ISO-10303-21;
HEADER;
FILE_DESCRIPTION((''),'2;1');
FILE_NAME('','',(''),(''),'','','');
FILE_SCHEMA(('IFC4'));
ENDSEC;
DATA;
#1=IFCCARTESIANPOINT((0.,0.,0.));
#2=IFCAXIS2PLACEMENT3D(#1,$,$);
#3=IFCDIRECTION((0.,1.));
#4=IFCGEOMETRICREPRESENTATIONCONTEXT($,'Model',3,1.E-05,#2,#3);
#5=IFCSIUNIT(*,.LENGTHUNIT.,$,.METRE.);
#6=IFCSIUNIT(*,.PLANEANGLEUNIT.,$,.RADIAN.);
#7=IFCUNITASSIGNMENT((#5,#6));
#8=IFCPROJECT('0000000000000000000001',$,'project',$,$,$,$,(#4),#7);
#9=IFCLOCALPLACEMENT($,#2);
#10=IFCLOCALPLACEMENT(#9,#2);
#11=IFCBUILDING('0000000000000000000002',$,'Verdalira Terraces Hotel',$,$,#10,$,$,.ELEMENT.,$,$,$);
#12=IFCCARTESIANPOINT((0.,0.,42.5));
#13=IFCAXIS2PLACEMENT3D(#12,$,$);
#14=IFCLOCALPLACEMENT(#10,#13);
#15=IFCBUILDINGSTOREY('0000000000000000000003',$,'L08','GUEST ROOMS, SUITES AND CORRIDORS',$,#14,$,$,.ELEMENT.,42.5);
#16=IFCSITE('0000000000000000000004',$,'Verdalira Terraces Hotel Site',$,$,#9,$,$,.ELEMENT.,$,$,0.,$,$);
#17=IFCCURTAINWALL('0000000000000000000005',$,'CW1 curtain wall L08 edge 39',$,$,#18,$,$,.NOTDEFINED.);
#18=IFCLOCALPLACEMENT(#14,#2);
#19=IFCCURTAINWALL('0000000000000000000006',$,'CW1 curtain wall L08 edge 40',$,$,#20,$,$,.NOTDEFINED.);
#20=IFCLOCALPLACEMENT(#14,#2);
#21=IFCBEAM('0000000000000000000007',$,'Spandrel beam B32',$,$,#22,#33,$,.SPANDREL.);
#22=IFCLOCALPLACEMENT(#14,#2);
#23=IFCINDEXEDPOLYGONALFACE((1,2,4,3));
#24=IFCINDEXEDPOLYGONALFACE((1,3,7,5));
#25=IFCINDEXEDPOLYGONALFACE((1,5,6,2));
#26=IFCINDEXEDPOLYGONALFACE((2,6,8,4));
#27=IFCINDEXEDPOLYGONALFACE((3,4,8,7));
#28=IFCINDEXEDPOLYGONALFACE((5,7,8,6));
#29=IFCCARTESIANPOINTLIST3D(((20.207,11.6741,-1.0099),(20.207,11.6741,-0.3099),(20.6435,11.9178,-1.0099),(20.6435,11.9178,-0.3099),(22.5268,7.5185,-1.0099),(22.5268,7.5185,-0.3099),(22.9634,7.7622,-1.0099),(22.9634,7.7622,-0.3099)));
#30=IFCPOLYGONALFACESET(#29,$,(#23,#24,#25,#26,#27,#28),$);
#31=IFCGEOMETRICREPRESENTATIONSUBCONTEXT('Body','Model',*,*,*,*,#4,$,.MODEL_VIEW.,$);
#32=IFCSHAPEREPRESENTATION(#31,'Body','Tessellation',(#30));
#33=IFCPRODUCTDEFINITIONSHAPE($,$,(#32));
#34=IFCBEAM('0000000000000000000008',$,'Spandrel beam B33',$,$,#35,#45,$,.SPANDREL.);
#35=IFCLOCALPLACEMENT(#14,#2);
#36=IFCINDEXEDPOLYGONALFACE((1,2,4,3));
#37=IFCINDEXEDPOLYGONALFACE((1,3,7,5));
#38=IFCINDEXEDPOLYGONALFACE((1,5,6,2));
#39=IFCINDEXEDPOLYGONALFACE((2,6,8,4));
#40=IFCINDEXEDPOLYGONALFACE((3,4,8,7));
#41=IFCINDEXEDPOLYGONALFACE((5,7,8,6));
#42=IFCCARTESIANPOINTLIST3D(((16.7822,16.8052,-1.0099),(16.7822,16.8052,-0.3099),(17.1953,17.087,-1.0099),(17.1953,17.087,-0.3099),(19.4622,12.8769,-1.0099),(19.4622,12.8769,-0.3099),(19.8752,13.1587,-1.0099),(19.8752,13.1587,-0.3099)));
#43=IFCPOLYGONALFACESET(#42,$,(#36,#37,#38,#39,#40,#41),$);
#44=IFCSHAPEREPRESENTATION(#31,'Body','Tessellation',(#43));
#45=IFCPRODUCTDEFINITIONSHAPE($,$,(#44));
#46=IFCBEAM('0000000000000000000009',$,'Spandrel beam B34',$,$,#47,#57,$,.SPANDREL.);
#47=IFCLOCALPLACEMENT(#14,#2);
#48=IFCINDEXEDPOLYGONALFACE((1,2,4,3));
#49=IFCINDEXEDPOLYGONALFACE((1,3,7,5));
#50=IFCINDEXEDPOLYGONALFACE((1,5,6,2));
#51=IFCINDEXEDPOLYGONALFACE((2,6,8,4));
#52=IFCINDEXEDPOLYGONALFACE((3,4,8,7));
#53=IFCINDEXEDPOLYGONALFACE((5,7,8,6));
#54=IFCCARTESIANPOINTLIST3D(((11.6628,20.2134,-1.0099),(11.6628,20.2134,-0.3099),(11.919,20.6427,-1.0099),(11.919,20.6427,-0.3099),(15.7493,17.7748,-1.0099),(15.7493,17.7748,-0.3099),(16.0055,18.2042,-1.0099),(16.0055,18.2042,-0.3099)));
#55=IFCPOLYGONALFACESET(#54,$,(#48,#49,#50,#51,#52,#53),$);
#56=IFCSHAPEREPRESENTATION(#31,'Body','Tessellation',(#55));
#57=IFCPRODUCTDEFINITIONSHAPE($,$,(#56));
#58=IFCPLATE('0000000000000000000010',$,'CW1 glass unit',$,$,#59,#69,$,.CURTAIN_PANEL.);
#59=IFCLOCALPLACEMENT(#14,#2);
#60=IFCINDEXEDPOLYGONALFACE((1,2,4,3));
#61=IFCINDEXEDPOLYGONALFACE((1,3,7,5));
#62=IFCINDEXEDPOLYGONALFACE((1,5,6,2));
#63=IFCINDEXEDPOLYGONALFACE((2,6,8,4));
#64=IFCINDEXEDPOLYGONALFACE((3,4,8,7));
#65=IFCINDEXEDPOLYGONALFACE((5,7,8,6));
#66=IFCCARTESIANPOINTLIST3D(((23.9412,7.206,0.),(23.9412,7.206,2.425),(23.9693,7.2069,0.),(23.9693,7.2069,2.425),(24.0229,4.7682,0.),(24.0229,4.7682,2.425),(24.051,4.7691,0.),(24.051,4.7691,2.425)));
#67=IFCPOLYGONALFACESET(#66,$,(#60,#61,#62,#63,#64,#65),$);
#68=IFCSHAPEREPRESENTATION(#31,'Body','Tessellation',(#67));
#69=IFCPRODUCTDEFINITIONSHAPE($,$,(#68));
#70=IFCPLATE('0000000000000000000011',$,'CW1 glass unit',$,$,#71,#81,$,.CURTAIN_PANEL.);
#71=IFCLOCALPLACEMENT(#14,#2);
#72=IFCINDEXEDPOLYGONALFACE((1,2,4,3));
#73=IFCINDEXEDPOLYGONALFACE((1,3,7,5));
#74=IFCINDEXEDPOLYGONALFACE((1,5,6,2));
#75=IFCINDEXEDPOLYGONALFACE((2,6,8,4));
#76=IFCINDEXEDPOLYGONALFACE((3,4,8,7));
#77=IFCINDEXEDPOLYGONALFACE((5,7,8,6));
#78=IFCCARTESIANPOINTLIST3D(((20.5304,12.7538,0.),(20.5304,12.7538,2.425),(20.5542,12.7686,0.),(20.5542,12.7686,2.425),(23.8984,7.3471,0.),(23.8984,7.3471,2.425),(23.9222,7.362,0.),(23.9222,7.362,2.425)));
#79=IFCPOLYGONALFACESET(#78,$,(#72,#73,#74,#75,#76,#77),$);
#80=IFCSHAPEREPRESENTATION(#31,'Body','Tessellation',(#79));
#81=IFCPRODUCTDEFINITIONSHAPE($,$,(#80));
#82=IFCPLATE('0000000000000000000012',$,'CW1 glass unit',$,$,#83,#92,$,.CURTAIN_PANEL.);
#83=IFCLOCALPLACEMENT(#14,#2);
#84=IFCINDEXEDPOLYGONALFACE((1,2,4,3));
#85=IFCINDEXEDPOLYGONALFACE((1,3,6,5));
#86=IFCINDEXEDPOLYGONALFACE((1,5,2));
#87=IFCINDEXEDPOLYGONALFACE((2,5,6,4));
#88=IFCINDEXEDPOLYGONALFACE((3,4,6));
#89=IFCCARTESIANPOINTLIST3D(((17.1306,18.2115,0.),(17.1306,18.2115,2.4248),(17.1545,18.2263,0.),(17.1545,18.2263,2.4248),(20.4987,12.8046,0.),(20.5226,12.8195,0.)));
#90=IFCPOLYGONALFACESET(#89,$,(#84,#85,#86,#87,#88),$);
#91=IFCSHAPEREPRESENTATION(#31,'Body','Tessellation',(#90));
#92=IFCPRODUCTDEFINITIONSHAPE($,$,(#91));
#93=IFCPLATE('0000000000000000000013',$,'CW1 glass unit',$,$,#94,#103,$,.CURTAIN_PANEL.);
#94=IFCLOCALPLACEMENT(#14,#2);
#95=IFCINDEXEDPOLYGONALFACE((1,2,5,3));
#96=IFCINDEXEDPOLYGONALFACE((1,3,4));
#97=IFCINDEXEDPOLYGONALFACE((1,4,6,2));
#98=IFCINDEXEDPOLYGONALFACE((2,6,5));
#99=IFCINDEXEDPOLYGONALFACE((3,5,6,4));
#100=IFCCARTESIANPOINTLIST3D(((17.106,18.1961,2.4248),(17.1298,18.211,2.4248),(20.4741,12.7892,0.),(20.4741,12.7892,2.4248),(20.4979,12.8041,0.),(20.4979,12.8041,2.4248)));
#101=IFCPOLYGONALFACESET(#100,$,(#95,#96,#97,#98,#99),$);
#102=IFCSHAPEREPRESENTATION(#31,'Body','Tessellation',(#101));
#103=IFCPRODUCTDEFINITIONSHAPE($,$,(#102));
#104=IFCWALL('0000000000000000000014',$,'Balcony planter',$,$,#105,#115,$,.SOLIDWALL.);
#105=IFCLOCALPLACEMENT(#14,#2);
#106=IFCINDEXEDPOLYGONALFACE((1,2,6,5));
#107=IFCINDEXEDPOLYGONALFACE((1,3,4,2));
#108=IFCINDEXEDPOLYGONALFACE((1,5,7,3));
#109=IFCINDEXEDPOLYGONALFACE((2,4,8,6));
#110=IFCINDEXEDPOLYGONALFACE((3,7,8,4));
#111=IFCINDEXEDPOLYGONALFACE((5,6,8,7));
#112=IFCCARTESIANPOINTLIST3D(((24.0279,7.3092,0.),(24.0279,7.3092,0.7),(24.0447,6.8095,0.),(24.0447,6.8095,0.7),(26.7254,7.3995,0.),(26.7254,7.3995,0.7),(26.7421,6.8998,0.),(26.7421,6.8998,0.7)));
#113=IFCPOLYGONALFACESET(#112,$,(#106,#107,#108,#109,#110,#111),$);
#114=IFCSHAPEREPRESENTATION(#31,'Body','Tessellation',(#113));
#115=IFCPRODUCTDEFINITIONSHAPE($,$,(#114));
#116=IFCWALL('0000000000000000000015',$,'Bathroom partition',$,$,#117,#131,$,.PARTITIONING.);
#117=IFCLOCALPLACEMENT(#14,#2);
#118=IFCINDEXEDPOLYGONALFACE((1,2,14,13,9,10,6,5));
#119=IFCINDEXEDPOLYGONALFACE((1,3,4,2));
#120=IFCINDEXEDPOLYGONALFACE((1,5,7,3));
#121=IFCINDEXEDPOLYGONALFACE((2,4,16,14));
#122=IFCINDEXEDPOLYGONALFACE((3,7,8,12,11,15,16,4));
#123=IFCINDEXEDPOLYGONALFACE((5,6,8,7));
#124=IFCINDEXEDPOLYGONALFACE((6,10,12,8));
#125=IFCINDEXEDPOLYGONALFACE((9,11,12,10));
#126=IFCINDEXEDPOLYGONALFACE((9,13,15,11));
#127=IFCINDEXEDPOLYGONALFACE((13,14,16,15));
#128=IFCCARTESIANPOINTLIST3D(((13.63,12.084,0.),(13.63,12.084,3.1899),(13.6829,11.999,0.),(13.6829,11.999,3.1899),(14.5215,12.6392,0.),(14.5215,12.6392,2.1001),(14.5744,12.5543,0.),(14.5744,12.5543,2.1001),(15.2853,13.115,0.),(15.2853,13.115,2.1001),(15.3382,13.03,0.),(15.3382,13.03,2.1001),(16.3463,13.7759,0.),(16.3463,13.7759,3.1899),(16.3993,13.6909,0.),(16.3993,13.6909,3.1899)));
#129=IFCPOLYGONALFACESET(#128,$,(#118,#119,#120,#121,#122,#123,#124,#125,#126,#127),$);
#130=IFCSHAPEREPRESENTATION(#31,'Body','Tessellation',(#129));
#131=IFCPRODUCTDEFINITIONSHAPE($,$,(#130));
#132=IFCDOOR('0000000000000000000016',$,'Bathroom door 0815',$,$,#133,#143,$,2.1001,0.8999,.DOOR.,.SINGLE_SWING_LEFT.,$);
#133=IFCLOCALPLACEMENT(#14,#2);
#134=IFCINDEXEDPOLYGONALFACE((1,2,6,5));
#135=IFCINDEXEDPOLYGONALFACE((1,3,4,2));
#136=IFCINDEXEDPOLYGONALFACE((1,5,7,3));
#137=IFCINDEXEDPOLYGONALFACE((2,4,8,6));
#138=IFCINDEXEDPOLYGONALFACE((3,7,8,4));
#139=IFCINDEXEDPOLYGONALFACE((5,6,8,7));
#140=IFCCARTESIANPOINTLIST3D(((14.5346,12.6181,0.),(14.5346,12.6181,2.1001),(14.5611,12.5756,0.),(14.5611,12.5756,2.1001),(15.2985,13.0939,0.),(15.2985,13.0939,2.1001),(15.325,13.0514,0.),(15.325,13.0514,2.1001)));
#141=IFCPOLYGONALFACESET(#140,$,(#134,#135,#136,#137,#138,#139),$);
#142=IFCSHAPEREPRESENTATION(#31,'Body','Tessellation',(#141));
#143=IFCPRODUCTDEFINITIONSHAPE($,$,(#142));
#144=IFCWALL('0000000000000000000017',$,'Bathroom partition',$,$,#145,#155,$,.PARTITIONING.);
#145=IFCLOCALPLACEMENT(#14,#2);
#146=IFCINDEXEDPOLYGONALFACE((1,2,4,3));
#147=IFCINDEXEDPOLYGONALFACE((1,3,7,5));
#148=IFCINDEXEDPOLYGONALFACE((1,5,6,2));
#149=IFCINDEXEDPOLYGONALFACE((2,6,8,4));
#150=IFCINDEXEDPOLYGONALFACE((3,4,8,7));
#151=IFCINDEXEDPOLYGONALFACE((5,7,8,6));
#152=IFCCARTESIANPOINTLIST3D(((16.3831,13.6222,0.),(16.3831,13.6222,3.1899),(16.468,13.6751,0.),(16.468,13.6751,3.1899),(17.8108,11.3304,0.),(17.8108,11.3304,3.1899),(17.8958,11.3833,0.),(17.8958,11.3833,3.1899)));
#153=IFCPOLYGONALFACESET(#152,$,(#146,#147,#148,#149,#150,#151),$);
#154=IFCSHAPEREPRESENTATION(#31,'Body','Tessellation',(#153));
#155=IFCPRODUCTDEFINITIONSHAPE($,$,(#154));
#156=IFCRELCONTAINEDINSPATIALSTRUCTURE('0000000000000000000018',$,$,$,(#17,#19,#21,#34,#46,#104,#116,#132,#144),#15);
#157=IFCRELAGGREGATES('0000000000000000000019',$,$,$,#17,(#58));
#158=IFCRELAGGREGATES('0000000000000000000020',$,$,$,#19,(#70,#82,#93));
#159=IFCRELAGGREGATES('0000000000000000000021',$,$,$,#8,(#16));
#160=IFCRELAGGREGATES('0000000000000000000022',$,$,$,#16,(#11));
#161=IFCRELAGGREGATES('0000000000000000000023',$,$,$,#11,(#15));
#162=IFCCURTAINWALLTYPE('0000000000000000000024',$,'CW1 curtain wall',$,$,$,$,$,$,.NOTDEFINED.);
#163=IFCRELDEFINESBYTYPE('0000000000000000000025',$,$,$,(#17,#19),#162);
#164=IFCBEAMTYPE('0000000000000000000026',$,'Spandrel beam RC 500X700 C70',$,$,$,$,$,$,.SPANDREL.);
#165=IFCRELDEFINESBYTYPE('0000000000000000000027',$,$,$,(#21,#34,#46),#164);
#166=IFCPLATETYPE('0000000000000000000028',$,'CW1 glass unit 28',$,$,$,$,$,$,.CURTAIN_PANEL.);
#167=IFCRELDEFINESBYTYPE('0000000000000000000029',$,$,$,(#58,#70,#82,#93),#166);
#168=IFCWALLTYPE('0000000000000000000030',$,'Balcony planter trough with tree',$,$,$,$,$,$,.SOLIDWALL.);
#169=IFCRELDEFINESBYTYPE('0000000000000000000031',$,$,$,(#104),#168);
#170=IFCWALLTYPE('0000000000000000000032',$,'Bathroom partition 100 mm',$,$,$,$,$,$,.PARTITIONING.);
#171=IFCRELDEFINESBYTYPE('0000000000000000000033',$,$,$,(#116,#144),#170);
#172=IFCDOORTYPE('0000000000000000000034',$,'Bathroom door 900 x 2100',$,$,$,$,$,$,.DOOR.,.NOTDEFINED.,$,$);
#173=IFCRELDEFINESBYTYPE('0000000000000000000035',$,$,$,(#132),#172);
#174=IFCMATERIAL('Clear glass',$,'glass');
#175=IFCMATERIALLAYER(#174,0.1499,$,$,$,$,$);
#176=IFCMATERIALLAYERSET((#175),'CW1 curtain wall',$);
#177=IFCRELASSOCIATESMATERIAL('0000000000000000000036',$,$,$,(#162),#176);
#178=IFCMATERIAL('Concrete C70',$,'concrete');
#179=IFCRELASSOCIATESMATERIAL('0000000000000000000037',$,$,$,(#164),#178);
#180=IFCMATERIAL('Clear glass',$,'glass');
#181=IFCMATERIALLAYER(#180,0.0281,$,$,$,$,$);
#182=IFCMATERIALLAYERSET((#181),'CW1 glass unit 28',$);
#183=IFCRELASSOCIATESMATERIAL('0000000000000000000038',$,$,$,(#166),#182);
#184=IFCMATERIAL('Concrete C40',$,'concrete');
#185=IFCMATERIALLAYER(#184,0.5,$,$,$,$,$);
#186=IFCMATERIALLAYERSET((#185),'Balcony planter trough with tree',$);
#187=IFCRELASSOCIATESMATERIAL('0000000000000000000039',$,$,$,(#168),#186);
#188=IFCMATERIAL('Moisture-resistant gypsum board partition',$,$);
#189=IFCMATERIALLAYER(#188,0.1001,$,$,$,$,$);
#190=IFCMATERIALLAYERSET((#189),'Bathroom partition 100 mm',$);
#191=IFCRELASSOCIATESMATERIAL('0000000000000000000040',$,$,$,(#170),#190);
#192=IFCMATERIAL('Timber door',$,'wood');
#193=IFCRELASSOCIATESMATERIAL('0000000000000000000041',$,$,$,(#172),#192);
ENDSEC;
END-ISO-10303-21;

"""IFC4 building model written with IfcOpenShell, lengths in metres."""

from ifc_helpers import new_model, si_unit, direction, frame, frame_2d, origin, origin_2d, place, context, subcontext, project, spatial, polyline, rectangle, outline, extrude, material, layer, layer_set, material_profile, profile_set, type_object, element, fill, aggregate, save


model = new_model("IFC4")

# Units and contexts
model_context = context("Model", 3, precision=1e-05, world=origin(), true_north=direction((0.0, 1.0)))
body_context = subcontext(model_context, "Body", "Model", "MODEL_VIEW")
ifc_project = project(units=[si_unit("LENGTHUNIT", "METRE"), si_unit("PLANEANGLEUNIT", "RADIAN")], contexts=[model_context])

# Site, building, storey
site_placement = place(None, origin())
site = spatial("IfcSite", under=ifc_project, at=site_placement, Name="Verdalira Terraces Hotel Site", CompositionType="ELEMENT", RefElevation=0.0)
building_placement = place(site_placement, origin())
building = spatial("IfcBuilding", under=site, at=building_placement, Name="Verdalira Terraces Hotel", CompositionType="ELEMENT")
storey_placement = place(building_placement, frame((0.0, 0.0, 42.5)))
storey = spatial("IfcBuildingStorey", under=building, at=storey_placement, Name="L08", Description="GUEST ROOMS, SUITES AND CORRIDORS", CompositionType="ELEMENT", Elevation=42.5)

# Curtain wall
ifc_material_1 = material(Name="Clear glass", Category="glass")
ifc_layer_1 = layer(ifc_material_1, 0.1499)
ifc_layer_set_1 = layer_set([ifc_layer_1], Name="CW1 curtain wall")
curtain_wall_type = type_object("IfcCurtainWallType", Name="CW1 curtain wall", PredefinedType="NOTDEFINED", material=ifc_layer_set_1)
curtain_wall_1_placement = place(storey_placement, origin())
curtain_wall_1 = element("IfcCurtainWall", 1, at=curtain_wall_1_placement, inside=storey, type_object=curtain_wall_type, Name="CW1 curtain wall L08 edge 39", PredefinedType="NOTDEFINED")

# Curtain wall
curtain_wall_2_placement = place(storey_placement, origin())
curtain_wall_2 = element("IfcCurtainWall", 2, at=curtain_wall_2_placement, inside=storey, type_object=curtain_wall_type, Name="CW1 curtain wall L08 edge 40", PredefinedType="NOTDEFINED")

# Beams
ifc_material_2 = material(Name="Concrete C70", Category="concrete")
ifc_material_profile_1 = material_profile(ifc_material_2, rectangle(XDim=0.5, YDim=0.7, at=origin_2d()), Name="RC 500X700")
ifc_profile_set_1 = profile_set([ifc_material_profile_1], Name="Concrete C70")
beam_type_1 = type_object("IfcBeamType", Name="Spandrel beam RC 500X700 C70", PredefinedType="SPANDREL", material=ifc_profile_set_1)
beam_1_placement = place(storey_placement, frame((22.7451, 7.6404, -0.6599), z_axis=(-0.487441, 0.873156, 0.0), x_axis=(-0.873156, -0.487441, 0.0)))
element("IfcBeam", 3, at=beam_1_placement, inside=storey, type_object=beam_type_1, Name="Spandrel beam B32", PredefinedType="SPANDREL", context=body_context, shape_type="SweptSolid", body=[
    extrude(rectangle(XDim=0.5, YDim=0.7, at=origin_2d()), origin(), (0.0, 0.0, 1.0), 4.7593),
])
beam_2_placement = place(storey_placement, frame((19.6687, 13.0178, -0.6599), z_axis=(-0.563566, 0.826071, 0.0), x_axis=(-0.826071, -0.563566, 0.0)))
element("IfcBeam", 4, at=beam_2_placement, inside=storey, type_object=beam_type_1, Name="Spandrel beam B33", PredefinedType="SPANDREL", context=body_context, shape_type="SweptSolid", body=[
    extrude(rectangle(XDim=0.5, YDim=0.7, at=origin_2d()), origin(), (0.0, 0.0, 1.0), 4.7554),
])
beam_3_placement = place(storey_placement, frame((15.8774, 17.9895, -0.6599), z_axis=(-0.858731, 0.512427, 0.0), x_axis=(-0.512427, -0.858731, 0.0)))
element("IfcBeam", 5, at=beam_3_placement, inside=storey, type_object=beam_type_1, Name="Spandrel beam B34", PredefinedType="SPANDREL", context=body_context, shape_type="SweptSolid", body=[
    extrude(rectangle(XDim=0.5, YDim=0.7, at=origin_2d()), origin(), (0.0, 0.0, 1.0), 4.7588),
])

# Plates
ifc_material_3 = material(Name="Clear glass", Category="glass")
ifc_layer_2 = layer(ifc_material_3, 0.0281)
ifc_layer_set_2 = layer_set([ifc_layer_2], Name="CW1 glass unit 28")
plate_type = type_object("IfcPlateType", Name="CW1 glass unit 28", PredefinedType="CURTAIN_PANEL", material=ifc_layer_set_2)
plate_1_placement = place(storey_placement, frame((23.9961, 5.9875, 0.0), z_axis=(0.0, 0.0, 1.0), x_axis=(-0.033504, 0.999439, 0.0)))
plate_1 = element("IfcPlate", 6, at=plate_1_placement, type_object=plate_type, Name="CW1 glass unit", PredefinedType="CURTAIN_PANEL", context=body_context, shape_type="SweptSolid", body=[
    extrude(rectangle(XDim=2.4392, YDim=0.0281, at=origin_2d()), origin(), (0.0, 0.0, 1.0), 2.425),
])
aggregate(curtain_wall_1, [plate_1])
plate_2_placement = place(storey_placement, frame((22.2263, 10.0579, 0.0), z_axis=(0.0, 0.0, 1.0), x_axis=(-0.528735, 0.848787, 0.0)))
plate_2 = element("IfcPlate", 7, at=plate_2_placement, type_object=plate_type, Name="CW1 glass unit", PredefinedType="CURTAIN_PANEL", context=body_context, shape_type="SweptSolid", body=[
    extrude(rectangle(XDim=6.3699, YDim=0.0281, at=origin_2d()), origin(), (0.0, 0.0, 1.0), 2.425),
])
plate_3_placement = place(storey_placement, frame((18.8147, 15.5081, 1.2124), z_axis=(0.848787, 0.528735, 0.0), x_axis=(-0.528735, 0.848787, 0.0)))
plate_3 = element("IfcPlate", 8, at=plate_3_placement, type_object=plate_type, Name="CW1 glass unit", PredefinedType="CURTAIN_PANEL", context=body_context, shape_type="SweptSolid", body=[
    extrude(outline(polyline([(-3.1851, -1.2124), (3.1851, -1.2124), (3.1851, 1.2124), (-3.1851, -1.2124)])), origin(), (0.0, 0.0, 1.0), 0.0281),
])
plate_4_placement = place(storey_placement, frame((18.79, 15.4927, 1.2124), z_axis=(0.848787, 0.528735, 0.0), x_axis=(-0.528735, 0.848787, 0.0)))
plate_4 = element("IfcPlate", 9, at=plate_4_placement, type_object=plate_type, Name="CW1 glass unit", PredefinedType="CURTAIN_PANEL", context=body_context, shape_type="SweptSolid", body=[
    extrude(outline(polyline([(-3.1851, -1.2124), (3.1851, 1.2124), (-3.1851, 1.2124), (-3.1851, -1.2124)])), origin(), (0.0, 0.0, 1.0), 0.0281),
])
aggregate(curtain_wall_2, [plate_2, plate_3, plate_4])

# Wall
ifc_material_4 = material(Name="Concrete C40", Category="concrete")
ifc_layer_3 = layer(ifc_material_4, 0.5)
ifc_layer_set_3 = layer_set([ifc_layer_3], Name="Balcony planter trough with tree")
wall_type_1 = type_object("IfcWallType", Name="Balcony planter trough with tree", PredefinedType="SOLIDWALL", material=ifc_layer_set_3)
wall_1_placement = place(storey_placement, frame((26.7339, 7.1497, 0.0), z_axis=(0.0, 0.0, 1.0), x_axis=(-0.99944, -0.033468, 0.0)))
element("IfcWall", 10, at=wall_1_placement, inside=storey, type_object=wall_type_1, Name="Balcony planter", PredefinedType="SOLIDWALL", context=body_context, shape_type="SweptSolid", body=[
    extrude(rectangle(XDim=2.699, YDim=0.5, at=frame_2d((1.3496, 0.0))), origin(), (0.0, 0.0, 1.0), 0.7),
])

# Wall, opening, door
ifc_material_5 = material(Name="Moisture-resistant gypsum board partition")
ifc_layer_4 = layer(ifc_material_5, 0.1001)
ifc_layer_set_4 = layer_set([ifc_layer_4], Name="Bathroom partition 100 mm")
wall_type_2 = type_object("IfcWallType", Name="Bathroom partition 100 mm", PredefinedType="PARTITIONING", material=ifc_layer_set_4)
wall_2_placement = place(storey_placement, frame((16.3728, 13.7334, 0.0), z_axis=(0.0, 0.0, 1.0), x_axis=(-0.848812, -0.528695, 0.0)))
wall_2 = element("IfcWall", 11, at=wall_2_placement, inside=storey, type_object=wall_type_2, Name="Bathroom partition", PredefinedType="PARTITIONING", context=body_context, shape_type="SweptSolid", body=[
    extrude(rectangle(XDim=3.2002, YDim=0.1001, at=frame_2d((1.6001, 0.0))), origin(), (0.0, 0.0, 1.0), 3.1899),
])
opening_1_placement = place(wall_2_placement, frame((1.25, 0.0, 0.0)))
opening_1 = element("IfcOpeningElement", 12, at=opening_1_placement, cuts=wall_2, PredefinedType="OPENING", context=body_context, shape_type="SweptSolid", body=[
    extrude(rectangle(XDim=0.8999, YDim=2.1001, at=frame_2d((0.45, 1.05))), frame((0.0, 0.0601, 0.0), z_axis=(0.0, -1.0, 0.0), x_axis=(1.0, 0.0, 0.0)), (0.0, 0.0, 1.0), 0.1201),
])
ifc_material_6 = material(Name="Timber door", Category="wood")
door_type_1 = type_object("IfcDoorType", Name="Bathroom door 900 x 2100", OperationType="NOTDEFINED", PredefinedType="DOOR", material=ifc_material_6)
door_1_placement = place(opening_1_placement, origin())
door_1 = element("IfcDoor", 13, at=door_1_placement, inside=storey, type_object=door_type_1, Name="Bathroom door 0815", OperationType="SINGLE_SWING_LEFT", OverallHeight=2.1001, OverallWidth=0.8999, PredefinedType="DOOR", context=body_context, shape_type="SweptSolid", body=[
    extrude(rectangle(XDim=0.8999, YDim=2.1001, at=frame_2d((0.45, 1.05))), frame((0.0, 0.0249, 0.0), z_axis=(0.0, -1.0, 0.0), x_axis=(1.0, 0.0, 0.0)), (0.0, 0.0, 1.0), 0.05),
])
fill(opening_1, door_1)

# Wall
wall_3_placement = place(storey_placement, frame((16.4255, 13.6487, 0.0), z_axis=(0.0, 0.0, 1.0), x_axis=(0.528771, -0.848764, 0.0)))
element("IfcWall", 14, at=wall_3_placement, inside=storey, type_object=wall_type_2, Name="Bathroom partition", PredefinedType="PARTITIONING", context=body_context, shape_type="SweptSolid", body=[
    extrude(rectangle(XDim=2.7002, YDim=0.1001, at=frame_2d((1.3501, 0.0))), origin(), (0.0, 0.0, 1.0), 3.1899),
])

save(model, "model.ifc")
